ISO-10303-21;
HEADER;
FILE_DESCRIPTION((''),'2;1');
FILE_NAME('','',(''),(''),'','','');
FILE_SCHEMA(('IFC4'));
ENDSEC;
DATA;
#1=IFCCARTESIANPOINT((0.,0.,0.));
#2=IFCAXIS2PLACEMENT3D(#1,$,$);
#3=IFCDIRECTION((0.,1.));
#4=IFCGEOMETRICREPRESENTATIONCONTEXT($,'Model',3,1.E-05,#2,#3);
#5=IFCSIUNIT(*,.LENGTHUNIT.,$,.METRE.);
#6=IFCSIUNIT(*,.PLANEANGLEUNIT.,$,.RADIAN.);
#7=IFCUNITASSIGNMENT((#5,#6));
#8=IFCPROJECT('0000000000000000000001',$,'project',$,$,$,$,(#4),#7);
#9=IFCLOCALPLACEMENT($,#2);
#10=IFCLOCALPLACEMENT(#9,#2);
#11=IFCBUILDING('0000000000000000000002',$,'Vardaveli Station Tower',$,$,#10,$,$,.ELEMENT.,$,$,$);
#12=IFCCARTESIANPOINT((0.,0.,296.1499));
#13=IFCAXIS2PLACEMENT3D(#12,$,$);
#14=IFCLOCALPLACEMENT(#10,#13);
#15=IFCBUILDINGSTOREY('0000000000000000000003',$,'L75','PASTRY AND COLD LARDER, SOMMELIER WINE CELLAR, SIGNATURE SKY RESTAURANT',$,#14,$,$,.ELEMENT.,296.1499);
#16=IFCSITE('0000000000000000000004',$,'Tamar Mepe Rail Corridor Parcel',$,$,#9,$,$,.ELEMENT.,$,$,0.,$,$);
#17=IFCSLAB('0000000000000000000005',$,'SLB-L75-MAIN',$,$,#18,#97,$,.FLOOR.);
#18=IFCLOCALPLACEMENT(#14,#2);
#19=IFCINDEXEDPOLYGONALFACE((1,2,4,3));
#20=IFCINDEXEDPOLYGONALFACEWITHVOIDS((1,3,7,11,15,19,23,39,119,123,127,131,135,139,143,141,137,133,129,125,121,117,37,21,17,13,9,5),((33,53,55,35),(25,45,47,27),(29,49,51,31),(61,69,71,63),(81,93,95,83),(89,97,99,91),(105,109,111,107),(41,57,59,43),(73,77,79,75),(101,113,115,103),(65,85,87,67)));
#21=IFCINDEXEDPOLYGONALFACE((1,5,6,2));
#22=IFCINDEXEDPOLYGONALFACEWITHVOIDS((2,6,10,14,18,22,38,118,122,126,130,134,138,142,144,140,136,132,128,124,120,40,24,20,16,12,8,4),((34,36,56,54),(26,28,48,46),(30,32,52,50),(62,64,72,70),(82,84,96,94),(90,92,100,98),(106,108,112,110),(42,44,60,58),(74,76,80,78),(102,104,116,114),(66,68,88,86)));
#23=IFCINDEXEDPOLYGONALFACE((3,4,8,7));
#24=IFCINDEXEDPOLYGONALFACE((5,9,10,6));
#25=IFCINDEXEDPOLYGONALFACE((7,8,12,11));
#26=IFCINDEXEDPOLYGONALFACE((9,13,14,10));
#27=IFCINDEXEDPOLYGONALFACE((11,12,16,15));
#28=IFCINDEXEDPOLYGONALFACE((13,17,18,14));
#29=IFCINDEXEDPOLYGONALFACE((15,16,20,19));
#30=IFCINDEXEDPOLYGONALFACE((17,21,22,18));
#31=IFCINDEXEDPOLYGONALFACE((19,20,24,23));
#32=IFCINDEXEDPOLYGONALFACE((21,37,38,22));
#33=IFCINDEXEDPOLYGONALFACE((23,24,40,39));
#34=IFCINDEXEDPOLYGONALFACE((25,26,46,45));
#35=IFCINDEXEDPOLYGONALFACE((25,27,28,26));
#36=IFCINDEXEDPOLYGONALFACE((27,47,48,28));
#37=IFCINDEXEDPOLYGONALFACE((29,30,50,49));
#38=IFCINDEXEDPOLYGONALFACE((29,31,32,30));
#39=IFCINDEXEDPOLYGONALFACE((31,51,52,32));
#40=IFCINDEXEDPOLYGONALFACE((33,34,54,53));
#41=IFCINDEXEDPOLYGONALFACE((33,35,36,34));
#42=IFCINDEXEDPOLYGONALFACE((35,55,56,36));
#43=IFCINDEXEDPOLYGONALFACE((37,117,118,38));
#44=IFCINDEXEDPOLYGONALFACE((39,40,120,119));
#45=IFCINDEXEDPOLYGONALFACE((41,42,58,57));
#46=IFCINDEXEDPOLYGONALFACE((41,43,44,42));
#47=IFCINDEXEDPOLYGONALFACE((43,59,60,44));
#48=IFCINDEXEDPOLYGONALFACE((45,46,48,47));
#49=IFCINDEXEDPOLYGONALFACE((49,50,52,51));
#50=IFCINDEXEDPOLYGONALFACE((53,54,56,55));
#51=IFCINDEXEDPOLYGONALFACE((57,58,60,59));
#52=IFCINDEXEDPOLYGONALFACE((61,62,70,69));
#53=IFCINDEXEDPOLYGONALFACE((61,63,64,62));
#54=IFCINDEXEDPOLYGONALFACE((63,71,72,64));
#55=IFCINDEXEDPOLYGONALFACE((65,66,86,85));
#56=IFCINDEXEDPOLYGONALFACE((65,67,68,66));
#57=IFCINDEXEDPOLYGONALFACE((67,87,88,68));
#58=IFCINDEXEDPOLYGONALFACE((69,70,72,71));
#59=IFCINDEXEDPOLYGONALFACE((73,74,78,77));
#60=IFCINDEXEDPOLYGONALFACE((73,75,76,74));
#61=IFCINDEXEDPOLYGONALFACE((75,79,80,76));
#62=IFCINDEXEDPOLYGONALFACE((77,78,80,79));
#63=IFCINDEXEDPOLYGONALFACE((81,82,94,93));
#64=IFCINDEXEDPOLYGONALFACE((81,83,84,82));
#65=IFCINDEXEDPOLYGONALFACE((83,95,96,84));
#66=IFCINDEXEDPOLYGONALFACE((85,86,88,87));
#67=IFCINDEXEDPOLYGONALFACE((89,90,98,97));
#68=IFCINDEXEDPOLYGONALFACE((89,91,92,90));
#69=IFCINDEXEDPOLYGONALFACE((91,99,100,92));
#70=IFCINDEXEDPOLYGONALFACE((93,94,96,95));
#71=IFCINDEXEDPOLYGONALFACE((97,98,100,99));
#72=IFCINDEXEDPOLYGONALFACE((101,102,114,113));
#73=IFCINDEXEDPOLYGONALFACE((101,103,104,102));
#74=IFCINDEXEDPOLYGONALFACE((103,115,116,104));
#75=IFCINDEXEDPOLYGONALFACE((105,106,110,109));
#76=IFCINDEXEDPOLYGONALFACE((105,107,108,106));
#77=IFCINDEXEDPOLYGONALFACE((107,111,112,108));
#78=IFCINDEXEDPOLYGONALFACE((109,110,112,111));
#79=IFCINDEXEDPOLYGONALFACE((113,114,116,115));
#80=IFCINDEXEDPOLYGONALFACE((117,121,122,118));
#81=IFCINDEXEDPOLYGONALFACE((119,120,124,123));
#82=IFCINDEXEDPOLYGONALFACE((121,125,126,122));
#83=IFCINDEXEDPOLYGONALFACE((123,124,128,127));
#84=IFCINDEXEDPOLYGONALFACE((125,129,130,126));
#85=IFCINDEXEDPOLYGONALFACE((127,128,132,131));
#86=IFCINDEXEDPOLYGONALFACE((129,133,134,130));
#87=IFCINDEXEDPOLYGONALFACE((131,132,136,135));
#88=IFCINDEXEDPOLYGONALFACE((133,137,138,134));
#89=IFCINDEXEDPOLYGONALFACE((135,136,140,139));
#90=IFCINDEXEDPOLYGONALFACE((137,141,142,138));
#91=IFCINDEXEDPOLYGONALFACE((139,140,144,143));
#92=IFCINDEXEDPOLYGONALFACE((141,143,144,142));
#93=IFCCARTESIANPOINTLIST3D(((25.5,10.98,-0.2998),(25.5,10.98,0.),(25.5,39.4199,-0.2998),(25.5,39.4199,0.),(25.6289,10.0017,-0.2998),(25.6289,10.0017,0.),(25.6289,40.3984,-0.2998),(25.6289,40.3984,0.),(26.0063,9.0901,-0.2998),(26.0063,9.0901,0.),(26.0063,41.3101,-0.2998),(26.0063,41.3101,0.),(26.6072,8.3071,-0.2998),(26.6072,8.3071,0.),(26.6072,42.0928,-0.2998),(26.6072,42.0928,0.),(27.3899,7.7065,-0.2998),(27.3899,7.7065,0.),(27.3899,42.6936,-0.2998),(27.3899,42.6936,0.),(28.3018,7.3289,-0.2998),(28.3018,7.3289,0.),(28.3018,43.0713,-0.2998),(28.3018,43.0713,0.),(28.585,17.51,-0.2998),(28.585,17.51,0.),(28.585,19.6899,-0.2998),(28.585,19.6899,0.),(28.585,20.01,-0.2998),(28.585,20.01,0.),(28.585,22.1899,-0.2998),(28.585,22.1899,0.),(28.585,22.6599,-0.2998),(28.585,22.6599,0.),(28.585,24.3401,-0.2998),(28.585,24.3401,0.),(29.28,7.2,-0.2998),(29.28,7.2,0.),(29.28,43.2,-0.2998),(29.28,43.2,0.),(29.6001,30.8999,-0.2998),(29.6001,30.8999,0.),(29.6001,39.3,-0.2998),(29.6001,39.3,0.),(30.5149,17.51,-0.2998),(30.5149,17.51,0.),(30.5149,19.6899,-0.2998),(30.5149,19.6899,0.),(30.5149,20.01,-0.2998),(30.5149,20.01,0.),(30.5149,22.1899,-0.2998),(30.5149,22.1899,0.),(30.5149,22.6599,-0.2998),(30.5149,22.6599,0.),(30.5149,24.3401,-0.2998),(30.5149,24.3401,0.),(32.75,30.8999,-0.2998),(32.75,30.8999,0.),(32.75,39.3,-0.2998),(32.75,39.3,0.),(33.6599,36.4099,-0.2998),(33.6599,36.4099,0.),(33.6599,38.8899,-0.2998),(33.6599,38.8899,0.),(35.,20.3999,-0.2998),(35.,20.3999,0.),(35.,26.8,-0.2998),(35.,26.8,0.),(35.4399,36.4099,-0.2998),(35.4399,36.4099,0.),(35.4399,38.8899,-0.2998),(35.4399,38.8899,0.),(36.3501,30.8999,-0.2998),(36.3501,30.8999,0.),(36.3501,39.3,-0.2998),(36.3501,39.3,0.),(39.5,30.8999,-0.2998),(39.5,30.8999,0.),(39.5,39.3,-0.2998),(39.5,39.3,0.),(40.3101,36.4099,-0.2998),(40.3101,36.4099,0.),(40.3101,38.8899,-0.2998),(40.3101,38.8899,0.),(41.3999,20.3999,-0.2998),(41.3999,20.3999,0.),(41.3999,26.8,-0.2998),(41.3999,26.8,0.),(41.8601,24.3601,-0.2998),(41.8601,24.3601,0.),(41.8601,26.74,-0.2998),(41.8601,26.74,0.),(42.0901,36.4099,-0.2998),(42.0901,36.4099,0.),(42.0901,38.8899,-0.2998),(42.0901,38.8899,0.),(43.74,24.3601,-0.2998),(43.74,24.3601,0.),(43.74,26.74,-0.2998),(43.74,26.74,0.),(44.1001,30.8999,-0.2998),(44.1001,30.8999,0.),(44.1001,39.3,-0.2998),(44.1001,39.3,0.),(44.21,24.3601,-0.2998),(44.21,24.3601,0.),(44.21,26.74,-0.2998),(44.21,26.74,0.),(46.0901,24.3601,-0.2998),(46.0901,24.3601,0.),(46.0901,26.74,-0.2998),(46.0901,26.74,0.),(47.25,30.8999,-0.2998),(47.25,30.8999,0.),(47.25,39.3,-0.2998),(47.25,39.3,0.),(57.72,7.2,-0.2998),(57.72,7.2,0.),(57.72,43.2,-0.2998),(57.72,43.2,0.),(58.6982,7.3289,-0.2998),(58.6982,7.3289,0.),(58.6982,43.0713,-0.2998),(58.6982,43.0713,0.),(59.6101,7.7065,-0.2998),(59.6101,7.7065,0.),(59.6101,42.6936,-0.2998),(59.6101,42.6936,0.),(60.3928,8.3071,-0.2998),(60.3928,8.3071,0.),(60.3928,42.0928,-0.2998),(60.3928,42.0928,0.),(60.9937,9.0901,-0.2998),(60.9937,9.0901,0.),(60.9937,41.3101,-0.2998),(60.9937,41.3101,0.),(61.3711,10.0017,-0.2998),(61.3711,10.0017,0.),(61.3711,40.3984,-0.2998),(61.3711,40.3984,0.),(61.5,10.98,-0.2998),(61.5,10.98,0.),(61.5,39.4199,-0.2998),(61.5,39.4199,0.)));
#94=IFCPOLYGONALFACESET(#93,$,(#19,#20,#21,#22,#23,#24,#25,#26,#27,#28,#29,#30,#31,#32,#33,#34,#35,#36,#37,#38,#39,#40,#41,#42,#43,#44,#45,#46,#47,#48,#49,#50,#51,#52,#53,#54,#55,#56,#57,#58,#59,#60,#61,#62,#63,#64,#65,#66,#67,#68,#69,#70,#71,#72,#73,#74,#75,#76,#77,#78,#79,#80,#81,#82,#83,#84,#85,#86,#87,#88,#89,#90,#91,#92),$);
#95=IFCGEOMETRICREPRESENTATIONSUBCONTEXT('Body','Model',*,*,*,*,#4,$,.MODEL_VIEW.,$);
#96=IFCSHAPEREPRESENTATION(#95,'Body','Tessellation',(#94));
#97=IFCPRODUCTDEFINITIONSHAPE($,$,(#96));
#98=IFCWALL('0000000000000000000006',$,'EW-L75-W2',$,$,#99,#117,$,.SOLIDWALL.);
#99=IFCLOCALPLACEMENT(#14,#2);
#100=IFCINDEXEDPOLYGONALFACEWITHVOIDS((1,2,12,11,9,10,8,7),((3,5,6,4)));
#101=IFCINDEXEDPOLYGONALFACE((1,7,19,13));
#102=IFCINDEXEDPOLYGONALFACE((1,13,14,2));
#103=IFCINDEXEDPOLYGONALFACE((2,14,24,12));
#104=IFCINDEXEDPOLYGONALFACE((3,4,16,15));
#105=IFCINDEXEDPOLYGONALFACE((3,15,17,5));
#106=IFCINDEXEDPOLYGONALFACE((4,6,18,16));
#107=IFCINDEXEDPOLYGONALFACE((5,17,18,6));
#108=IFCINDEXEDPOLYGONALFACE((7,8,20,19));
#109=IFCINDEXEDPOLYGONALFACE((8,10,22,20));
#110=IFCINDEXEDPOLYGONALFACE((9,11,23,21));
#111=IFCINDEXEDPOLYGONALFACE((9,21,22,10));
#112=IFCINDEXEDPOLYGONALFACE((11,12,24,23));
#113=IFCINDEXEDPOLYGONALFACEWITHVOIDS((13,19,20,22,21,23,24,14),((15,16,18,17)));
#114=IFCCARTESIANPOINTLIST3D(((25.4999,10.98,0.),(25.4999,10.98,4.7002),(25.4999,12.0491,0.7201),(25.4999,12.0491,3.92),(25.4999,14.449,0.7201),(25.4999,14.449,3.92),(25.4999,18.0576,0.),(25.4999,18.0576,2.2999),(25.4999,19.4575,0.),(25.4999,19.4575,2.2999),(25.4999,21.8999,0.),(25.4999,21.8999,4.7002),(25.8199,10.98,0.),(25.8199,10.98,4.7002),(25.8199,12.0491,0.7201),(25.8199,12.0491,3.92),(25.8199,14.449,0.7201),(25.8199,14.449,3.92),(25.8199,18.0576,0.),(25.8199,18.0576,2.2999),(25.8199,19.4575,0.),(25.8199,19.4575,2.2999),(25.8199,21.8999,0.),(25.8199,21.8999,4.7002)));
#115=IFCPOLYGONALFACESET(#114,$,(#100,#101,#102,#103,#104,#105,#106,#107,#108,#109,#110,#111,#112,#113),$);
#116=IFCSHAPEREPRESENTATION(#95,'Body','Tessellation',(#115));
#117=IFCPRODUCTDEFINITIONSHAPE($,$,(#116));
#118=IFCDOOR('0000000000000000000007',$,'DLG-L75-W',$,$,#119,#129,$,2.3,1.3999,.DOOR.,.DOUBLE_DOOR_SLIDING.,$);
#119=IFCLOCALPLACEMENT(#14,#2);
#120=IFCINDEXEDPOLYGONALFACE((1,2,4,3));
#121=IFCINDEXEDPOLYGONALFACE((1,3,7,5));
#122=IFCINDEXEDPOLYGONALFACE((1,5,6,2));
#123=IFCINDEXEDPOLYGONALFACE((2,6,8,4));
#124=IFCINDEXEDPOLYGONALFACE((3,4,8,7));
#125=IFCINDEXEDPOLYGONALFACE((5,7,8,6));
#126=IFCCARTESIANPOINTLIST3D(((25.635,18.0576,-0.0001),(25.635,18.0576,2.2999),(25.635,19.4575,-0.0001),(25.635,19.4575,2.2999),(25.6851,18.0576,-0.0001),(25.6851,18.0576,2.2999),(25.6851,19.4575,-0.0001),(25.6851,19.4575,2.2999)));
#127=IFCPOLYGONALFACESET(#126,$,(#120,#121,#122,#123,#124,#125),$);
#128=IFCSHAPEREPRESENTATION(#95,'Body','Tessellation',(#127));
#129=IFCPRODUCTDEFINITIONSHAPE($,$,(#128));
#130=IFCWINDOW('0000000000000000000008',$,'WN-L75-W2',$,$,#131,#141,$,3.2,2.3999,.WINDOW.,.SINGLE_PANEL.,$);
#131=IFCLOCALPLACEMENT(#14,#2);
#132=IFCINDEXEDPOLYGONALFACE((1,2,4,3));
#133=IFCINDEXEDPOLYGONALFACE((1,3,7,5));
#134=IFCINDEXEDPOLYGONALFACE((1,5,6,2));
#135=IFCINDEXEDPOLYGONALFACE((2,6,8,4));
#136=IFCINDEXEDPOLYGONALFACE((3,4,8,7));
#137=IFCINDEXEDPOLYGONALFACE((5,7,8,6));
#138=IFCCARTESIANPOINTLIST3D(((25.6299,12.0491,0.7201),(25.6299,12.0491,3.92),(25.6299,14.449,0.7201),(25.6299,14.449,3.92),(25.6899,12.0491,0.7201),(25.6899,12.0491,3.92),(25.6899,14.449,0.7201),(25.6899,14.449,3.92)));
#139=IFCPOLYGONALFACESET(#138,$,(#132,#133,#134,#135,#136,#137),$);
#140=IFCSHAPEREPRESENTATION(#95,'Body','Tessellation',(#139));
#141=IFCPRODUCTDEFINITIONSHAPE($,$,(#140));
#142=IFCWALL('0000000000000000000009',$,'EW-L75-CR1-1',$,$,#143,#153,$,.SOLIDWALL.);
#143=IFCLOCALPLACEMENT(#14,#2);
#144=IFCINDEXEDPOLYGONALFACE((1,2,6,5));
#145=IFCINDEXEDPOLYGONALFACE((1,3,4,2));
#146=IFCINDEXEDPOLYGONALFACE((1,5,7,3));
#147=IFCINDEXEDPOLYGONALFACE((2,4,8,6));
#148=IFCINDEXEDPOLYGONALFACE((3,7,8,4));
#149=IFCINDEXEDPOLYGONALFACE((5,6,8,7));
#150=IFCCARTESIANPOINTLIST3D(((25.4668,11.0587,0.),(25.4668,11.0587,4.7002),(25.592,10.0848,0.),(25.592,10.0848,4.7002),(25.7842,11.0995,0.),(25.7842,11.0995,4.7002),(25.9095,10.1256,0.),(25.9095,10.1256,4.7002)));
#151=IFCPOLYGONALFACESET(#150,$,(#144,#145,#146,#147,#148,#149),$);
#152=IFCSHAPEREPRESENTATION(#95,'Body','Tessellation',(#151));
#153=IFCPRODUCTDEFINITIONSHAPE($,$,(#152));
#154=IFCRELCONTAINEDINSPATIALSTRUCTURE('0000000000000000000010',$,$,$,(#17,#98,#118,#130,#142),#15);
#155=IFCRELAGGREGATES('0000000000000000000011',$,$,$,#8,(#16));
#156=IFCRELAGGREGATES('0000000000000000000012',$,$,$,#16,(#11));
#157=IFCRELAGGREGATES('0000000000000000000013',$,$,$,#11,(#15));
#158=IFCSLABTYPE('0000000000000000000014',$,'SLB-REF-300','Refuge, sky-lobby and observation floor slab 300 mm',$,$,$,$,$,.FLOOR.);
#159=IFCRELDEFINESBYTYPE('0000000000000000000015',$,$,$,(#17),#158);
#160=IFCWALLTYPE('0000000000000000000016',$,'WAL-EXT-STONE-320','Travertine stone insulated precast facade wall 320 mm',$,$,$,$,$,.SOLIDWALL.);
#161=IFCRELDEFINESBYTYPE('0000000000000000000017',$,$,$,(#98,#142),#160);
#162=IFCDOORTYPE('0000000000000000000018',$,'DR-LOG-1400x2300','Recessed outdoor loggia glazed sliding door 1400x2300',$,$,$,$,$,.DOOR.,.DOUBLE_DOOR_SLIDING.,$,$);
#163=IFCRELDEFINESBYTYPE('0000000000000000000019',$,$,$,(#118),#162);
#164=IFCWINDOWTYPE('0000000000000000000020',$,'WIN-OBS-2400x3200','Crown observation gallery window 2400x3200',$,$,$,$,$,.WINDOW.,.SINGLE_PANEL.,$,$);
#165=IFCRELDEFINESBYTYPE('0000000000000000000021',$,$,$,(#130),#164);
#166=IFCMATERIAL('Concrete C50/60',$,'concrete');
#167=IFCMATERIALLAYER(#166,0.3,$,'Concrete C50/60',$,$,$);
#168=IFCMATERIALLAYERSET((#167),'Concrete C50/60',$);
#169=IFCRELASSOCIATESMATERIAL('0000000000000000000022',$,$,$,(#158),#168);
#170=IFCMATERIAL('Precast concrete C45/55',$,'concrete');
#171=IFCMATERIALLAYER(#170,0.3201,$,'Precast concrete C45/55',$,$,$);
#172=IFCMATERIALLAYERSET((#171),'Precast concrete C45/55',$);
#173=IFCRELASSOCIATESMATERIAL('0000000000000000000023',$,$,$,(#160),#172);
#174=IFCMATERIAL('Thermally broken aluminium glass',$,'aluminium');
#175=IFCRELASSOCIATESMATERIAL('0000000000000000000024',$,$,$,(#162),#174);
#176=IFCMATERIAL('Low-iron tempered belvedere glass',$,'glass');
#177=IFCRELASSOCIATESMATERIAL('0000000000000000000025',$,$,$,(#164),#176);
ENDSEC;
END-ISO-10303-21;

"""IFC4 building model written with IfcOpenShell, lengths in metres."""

from ifc_helpers import new_model, si_unit, direction, frame, frame_2d, origin, place, context, subcontext, project, spatial, polyline, rectangle, outline, extrude, source, transform, mapped, material, layer, layer_set, type_object, element, fill, save


model = new_model("IFC4")

# Units and contexts
model_context = context("Model", 3, precision=1e-05, world=origin(), true_north=direction((0.0, 1.0)))
body_context = subcontext(model_context, "Body", "Model", "MODEL_VIEW")
ifc_project = project(units=[si_unit("LENGTHUNIT", "METRE"), si_unit("PLANEANGLEUNIT", "RADIAN")], contexts=[model_context])

# Site, building, storey
site_placement = place(None, origin())
site = spatial("IfcSite", under=ifc_project, at=site_placement, Name="Tamar Mepe Rail Corridor Parcel", CompositionType="ELEMENT", RefElevation=0.0)
building_placement = place(site_placement, origin())
building = spatial("IfcBuilding", under=site, at=building_placement, Name="Vardaveli Station Tower", CompositionType="ELEMENT")
storey_placement = place(building_placement, frame((0.0, 0.0, 296.1499)))
storey = spatial("IfcBuildingStorey", under=building, at=storey_placement, Name="L75", Description="PASTRY AND COLD LARDER, SOMMELIER WINE CELLAR, SIGNATURE SKY RESTAURANT", CompositionType="ELEMENT", Elevation=296.1499)

# Slab
ifc_material_1 = material(Name="Precast concrete C45/55", Category="concrete")
ifc_material_2 = material(Name="Concrete C50/60", Category="concrete")
ifc_layer_1 = layer(ifc_material_2, 0.3, Name="Concrete C50/60")
ifc_layer_set_1 = layer_set([ifc_layer_1], Name="Concrete C50/60")
slab_type_1 = type_object("IfcSlabType", Name="SLB-REF-300", Description="Refuge, sky-lobby and observation floor slab 300 mm", PredefinedType="FLOOR", material=ifc_layer_set_1)
slab_1_placement = place(storey_placement, frame((0.0, 0.0, -0.2998)))
element("IfcSlab", 1, at=slab_1_placement, inside=storey, type_object=slab_type_1, Name="SLB-L75-MAIN", PredefinedType="FLOOR", context=body_context, shape_type="SweptSolid", body=[
    extrude(outline(polyline([(25.5, 10.98), (25.6289, 10.0017), (26.0063, 9.0901), (26.6072, 8.3071), (27.3899, 7.7065), (28.3018, 7.3289), (29.28, 7.2), (57.72, 7.2), (58.6982, 7.3289), (59.6101, 7.7065), (60.3928, 8.3071), (60.9937, 9.0901), (61.3711, 10.0017), (61.5, 10.98), (61.5, 39.4199), (61.3711, 40.3984), (60.9937, 41.3101), (60.3928, 42.0928), (59.6101, 42.6936), (58.6982, 43.0713), (57.72, 43.2), (29.28, 43.2), (28.3018, 43.0713), (27.3899, 42.6936), (26.6072, 42.0928), (26.0063, 41.3101), (25.6289, 40.3984), (25.5, 39.4199), (25.5, 10.98)]), holes=[polyline([(35.0, 20.3999), (41.3999, 20.3999), (41.3999, 26.8), (35.0, 26.8), (35.0, 20.3999)]), polyline([(32.75, 30.8999), (32.75, 39.3), (29.6001, 39.3), (29.6001, 30.8999), (32.75, 30.8999)]), polyline([(39.5, 30.8999), (39.5, 39.3), (36.3501, 39.3), (36.3501, 30.8999), (39.5, 30.8999)]), polyline([(47.25, 30.8999), (47.25, 39.3), (44.1001, 39.3), (44.1001, 30.8999), (47.25, 30.8999)]), polyline([(33.6599, 36.4099), (35.4399, 36.4099), (35.4399, 38.8899), (33.6599, 38.8899), (33.6599, 36.4099)]), polyline([(40.3101, 36.4099), (42.0901, 36.4099), (42.0901, 38.8899), (40.3101, 38.8899), (40.3101, 36.4099)]), polyline([(28.585, 17.51), (30.5149, 17.51), (30.5149, 19.6899), (28.585, 19.6899), (28.585, 17.51)]), polyline([(28.585, 20.01), (30.5149, 20.01), (30.5149, 22.1899), (28.585, 22.1899), (28.585, 20.01)]), polyline([(28.585, 22.6599), (30.5149, 22.6599), (30.5149, 24.3401), (28.585, 24.3401), (28.585, 22.6599)]), polyline([(41.8601, 24.3601), (43.74, 24.3601), (43.74, 26.74), (41.8601, 26.74), (41.8601, 24.3601)]), polyline([(44.21, 24.3601), (46.0901, 24.3601), (46.0901, 26.74), (44.21, 26.74), (44.21, 24.3601)])]), origin(), (0.0, 0.0, 1.0), 0.2998),
])

# Wall, openings, door, window
ifc_layer_2 = layer(ifc_material_1, 0.3201, Name="Precast concrete C45/55")
ifc_layer_set_2 = layer_set([ifc_layer_2], Name="Precast concrete C45/55")
wall_type_1 = type_object("IfcWallType", Name="WAL-EXT-STONE-320", Description="Travertine stone insulated precast facade wall 320 mm", PredefinedType="SOLIDWALL", material=ifc_layer_set_2)
shared_shape_1 = source(origin(), body_context, "Body", "SweptSolid", [
    extrude(rectangle(XDim=10.9199, YDim=0.3201, at=frame_2d((5.46, 0.0))), origin(), (0.0, 0.0, 1.0), 4.7002),
])
wall_1_placement = place(storey_placement, frame((25.6599, 21.8999, 0.0), z_axis=(0.0, 0.0, 1.0), x_axis=(0.0, -1.0, 0.0)))
wall_1 = element("IfcWall", 2, at=wall_1_placement, inside=storey, type_object=wall_type_1, Name="EW-L75-W2", PredefinedType="SOLIDWALL", context=body_context, shape_type="MappedRepresentation", body=[
    mapped(shared_shape_1, transform((0.0, 0.0, 0.0), scale=1.0)),
])
shared_shape_2 = source(origin(), body_context, "Body", "SweptSolid", [
    extrude(rectangle(XDim=1.3999, YDim=2.3, at=frame_2d((0.7, 1.1499))), frame((0.0, 0.1699, 0.0), z_axis=(0.0, -1.0, 0.0), x_axis=(1.0, 0.0, 0.0)), (0.0, 0.0, 1.0), 0.3401),
])
opening_1_placement = place(wall_1_placement, frame((2.4424, 0.0, 0.0)))
opening_1 = element("IfcOpeningElement", 3, at=opening_1_placement, cuts=wall_1, PredefinedType="OPENING", context=body_context, shape_type="MappedRepresentation", body=[
    mapped(shared_shape_2, transform((0.0, 0.0, 0.0), scale=1.0)),
])
shared_shape_3 = source(origin(), body_context, "Body", "SweptSolid", [
    extrude(rectangle(XDim=2.3999, YDim=3.2, at=frame_2d((1.2, 1.6001))), frame((0.0, 0.1699, 0.0), z_axis=(0.0, -1.0, 0.0), x_axis=(1.0, 0.0, 0.0)), (0.0, 0.0, 1.0), 0.3401),
])
opening_2_placement = place(wall_1_placement, frame((7.4509, 0.0, 0.72)))
opening_2 = element("IfcOpeningElement", 4, at=opening_2_placement, cuts=wall_1, PredefinedType="OPENING", context=body_context, shape_type="MappedRepresentation", body=[
    mapped(shared_shape_3, transform((0.0, 0.0, 0.0), scale=1.0)),
])
ifc_material_3 = material(Name="Thermally broken aluminium glass", Category="aluminium")
door_type = type_object("IfcDoorType", Name="DR-LOG-1400x2300", Description="Recessed outdoor loggia glazed sliding door 1400x2300", OperationType="DOUBLE_DOOR_SLIDING", PredefinedType="DOOR", material=ifc_material_3)
shared_shape_4 = source(origin(), body_context, "Body", "SweptSolid", [
    extrude(rectangle(XDim=1.3999, YDim=2.3, at=frame_2d((0.7, 1.1499))), frame((0.0, 0.0249, 0.0), z_axis=(0.0, -1.0, 0.0), x_axis=(1.0, 0.0, 0.0)), (0.0, 0.0, 1.0), 0.05),
])
door_placement = place(opening_1_placement, frame((1.3999, 0.0, 0.0), z_axis=(0.0, 0.0, 1.0), x_axis=(-1.0, 0.0, 0.0)))
door = element("IfcDoor", 5, at=door_placement, inside=storey, type_object=door_type, Name="DLG-L75-W", OperationType="DOUBLE_DOOR_SLIDING", OverallHeight=2.3, OverallWidth=1.3999, PredefinedType="DOOR", context=body_context, shape_type="MappedRepresentation", body=[
    mapped(shared_shape_4, transform((0.0, 0.0, 0.0), scale=1.0)),
])
fill(opening_1, door)
ifc_material_4 = material(Name="Low-iron tempered belvedere glass", Category="glass")
window_type = type_object("IfcWindowType", Name="WIN-OBS-2400x3200", Description="Crown observation gallery window 2400x3200", PartitioningType="SINGLE_PANEL", PredefinedType="WINDOW", material=ifc_material_4)
shared_shape_5 = source(origin(), body_context, "Body", "SweptSolid", [
    extrude(rectangle(XDim=2.3999, YDim=3.2, at=frame_2d((1.2, 1.6001))), frame((0.0, 0.03, 0.0), z_axis=(0.0, -1.0, 0.0), x_axis=(1.0, 0.0, 0.0)), (0.0, 0.0, 1.0), 0.0601),
])
window_placement = place(opening_2_placement, origin())
window = element("IfcWindow", 6, at=window_placement, inside=storey, type_object=window_type, Name="WN-L75-W2", OverallHeight=3.2, OverallWidth=2.3999, PartitioningType="SINGLE_PANEL", PredefinedType="WINDOW", context=body_context, shape_type="MappedRepresentation", body=[
    mapped(shared_shape_5, transform((0.0, 0.0, 0.0), scale=1.0)),
])
fill(opening_2, window)

# Wall
shared_shape_6 = source(origin(), body_context, "Body", "SweptSolid", [
    extrude(rectangle(XDim=0.9819, YDim=0.3201, at=frame_2d((0.491, 0.0))), origin(), (0.0, 0.0, 1.0), 4.7002),
])
wall_2_placement = place(storey_placement, frame((25.6255, 11.0791, 0.0), z_axis=(0.0, 0.0, 1.0), x_axis=(0.127553, -0.991832, 0.0)))
element("IfcWall", 7, at=wall_2_placement, inside=storey, type_object=wall_type_1, Name="EW-L75-CR1-1", PredefinedType="SOLIDWALL", context=body_context, shape_type="MappedRepresentation", body=[
    mapped(shared_shape_6, transform((0.0, 0.0, 0.0), scale=1.0)),
])

save(model, "model.ifc")
